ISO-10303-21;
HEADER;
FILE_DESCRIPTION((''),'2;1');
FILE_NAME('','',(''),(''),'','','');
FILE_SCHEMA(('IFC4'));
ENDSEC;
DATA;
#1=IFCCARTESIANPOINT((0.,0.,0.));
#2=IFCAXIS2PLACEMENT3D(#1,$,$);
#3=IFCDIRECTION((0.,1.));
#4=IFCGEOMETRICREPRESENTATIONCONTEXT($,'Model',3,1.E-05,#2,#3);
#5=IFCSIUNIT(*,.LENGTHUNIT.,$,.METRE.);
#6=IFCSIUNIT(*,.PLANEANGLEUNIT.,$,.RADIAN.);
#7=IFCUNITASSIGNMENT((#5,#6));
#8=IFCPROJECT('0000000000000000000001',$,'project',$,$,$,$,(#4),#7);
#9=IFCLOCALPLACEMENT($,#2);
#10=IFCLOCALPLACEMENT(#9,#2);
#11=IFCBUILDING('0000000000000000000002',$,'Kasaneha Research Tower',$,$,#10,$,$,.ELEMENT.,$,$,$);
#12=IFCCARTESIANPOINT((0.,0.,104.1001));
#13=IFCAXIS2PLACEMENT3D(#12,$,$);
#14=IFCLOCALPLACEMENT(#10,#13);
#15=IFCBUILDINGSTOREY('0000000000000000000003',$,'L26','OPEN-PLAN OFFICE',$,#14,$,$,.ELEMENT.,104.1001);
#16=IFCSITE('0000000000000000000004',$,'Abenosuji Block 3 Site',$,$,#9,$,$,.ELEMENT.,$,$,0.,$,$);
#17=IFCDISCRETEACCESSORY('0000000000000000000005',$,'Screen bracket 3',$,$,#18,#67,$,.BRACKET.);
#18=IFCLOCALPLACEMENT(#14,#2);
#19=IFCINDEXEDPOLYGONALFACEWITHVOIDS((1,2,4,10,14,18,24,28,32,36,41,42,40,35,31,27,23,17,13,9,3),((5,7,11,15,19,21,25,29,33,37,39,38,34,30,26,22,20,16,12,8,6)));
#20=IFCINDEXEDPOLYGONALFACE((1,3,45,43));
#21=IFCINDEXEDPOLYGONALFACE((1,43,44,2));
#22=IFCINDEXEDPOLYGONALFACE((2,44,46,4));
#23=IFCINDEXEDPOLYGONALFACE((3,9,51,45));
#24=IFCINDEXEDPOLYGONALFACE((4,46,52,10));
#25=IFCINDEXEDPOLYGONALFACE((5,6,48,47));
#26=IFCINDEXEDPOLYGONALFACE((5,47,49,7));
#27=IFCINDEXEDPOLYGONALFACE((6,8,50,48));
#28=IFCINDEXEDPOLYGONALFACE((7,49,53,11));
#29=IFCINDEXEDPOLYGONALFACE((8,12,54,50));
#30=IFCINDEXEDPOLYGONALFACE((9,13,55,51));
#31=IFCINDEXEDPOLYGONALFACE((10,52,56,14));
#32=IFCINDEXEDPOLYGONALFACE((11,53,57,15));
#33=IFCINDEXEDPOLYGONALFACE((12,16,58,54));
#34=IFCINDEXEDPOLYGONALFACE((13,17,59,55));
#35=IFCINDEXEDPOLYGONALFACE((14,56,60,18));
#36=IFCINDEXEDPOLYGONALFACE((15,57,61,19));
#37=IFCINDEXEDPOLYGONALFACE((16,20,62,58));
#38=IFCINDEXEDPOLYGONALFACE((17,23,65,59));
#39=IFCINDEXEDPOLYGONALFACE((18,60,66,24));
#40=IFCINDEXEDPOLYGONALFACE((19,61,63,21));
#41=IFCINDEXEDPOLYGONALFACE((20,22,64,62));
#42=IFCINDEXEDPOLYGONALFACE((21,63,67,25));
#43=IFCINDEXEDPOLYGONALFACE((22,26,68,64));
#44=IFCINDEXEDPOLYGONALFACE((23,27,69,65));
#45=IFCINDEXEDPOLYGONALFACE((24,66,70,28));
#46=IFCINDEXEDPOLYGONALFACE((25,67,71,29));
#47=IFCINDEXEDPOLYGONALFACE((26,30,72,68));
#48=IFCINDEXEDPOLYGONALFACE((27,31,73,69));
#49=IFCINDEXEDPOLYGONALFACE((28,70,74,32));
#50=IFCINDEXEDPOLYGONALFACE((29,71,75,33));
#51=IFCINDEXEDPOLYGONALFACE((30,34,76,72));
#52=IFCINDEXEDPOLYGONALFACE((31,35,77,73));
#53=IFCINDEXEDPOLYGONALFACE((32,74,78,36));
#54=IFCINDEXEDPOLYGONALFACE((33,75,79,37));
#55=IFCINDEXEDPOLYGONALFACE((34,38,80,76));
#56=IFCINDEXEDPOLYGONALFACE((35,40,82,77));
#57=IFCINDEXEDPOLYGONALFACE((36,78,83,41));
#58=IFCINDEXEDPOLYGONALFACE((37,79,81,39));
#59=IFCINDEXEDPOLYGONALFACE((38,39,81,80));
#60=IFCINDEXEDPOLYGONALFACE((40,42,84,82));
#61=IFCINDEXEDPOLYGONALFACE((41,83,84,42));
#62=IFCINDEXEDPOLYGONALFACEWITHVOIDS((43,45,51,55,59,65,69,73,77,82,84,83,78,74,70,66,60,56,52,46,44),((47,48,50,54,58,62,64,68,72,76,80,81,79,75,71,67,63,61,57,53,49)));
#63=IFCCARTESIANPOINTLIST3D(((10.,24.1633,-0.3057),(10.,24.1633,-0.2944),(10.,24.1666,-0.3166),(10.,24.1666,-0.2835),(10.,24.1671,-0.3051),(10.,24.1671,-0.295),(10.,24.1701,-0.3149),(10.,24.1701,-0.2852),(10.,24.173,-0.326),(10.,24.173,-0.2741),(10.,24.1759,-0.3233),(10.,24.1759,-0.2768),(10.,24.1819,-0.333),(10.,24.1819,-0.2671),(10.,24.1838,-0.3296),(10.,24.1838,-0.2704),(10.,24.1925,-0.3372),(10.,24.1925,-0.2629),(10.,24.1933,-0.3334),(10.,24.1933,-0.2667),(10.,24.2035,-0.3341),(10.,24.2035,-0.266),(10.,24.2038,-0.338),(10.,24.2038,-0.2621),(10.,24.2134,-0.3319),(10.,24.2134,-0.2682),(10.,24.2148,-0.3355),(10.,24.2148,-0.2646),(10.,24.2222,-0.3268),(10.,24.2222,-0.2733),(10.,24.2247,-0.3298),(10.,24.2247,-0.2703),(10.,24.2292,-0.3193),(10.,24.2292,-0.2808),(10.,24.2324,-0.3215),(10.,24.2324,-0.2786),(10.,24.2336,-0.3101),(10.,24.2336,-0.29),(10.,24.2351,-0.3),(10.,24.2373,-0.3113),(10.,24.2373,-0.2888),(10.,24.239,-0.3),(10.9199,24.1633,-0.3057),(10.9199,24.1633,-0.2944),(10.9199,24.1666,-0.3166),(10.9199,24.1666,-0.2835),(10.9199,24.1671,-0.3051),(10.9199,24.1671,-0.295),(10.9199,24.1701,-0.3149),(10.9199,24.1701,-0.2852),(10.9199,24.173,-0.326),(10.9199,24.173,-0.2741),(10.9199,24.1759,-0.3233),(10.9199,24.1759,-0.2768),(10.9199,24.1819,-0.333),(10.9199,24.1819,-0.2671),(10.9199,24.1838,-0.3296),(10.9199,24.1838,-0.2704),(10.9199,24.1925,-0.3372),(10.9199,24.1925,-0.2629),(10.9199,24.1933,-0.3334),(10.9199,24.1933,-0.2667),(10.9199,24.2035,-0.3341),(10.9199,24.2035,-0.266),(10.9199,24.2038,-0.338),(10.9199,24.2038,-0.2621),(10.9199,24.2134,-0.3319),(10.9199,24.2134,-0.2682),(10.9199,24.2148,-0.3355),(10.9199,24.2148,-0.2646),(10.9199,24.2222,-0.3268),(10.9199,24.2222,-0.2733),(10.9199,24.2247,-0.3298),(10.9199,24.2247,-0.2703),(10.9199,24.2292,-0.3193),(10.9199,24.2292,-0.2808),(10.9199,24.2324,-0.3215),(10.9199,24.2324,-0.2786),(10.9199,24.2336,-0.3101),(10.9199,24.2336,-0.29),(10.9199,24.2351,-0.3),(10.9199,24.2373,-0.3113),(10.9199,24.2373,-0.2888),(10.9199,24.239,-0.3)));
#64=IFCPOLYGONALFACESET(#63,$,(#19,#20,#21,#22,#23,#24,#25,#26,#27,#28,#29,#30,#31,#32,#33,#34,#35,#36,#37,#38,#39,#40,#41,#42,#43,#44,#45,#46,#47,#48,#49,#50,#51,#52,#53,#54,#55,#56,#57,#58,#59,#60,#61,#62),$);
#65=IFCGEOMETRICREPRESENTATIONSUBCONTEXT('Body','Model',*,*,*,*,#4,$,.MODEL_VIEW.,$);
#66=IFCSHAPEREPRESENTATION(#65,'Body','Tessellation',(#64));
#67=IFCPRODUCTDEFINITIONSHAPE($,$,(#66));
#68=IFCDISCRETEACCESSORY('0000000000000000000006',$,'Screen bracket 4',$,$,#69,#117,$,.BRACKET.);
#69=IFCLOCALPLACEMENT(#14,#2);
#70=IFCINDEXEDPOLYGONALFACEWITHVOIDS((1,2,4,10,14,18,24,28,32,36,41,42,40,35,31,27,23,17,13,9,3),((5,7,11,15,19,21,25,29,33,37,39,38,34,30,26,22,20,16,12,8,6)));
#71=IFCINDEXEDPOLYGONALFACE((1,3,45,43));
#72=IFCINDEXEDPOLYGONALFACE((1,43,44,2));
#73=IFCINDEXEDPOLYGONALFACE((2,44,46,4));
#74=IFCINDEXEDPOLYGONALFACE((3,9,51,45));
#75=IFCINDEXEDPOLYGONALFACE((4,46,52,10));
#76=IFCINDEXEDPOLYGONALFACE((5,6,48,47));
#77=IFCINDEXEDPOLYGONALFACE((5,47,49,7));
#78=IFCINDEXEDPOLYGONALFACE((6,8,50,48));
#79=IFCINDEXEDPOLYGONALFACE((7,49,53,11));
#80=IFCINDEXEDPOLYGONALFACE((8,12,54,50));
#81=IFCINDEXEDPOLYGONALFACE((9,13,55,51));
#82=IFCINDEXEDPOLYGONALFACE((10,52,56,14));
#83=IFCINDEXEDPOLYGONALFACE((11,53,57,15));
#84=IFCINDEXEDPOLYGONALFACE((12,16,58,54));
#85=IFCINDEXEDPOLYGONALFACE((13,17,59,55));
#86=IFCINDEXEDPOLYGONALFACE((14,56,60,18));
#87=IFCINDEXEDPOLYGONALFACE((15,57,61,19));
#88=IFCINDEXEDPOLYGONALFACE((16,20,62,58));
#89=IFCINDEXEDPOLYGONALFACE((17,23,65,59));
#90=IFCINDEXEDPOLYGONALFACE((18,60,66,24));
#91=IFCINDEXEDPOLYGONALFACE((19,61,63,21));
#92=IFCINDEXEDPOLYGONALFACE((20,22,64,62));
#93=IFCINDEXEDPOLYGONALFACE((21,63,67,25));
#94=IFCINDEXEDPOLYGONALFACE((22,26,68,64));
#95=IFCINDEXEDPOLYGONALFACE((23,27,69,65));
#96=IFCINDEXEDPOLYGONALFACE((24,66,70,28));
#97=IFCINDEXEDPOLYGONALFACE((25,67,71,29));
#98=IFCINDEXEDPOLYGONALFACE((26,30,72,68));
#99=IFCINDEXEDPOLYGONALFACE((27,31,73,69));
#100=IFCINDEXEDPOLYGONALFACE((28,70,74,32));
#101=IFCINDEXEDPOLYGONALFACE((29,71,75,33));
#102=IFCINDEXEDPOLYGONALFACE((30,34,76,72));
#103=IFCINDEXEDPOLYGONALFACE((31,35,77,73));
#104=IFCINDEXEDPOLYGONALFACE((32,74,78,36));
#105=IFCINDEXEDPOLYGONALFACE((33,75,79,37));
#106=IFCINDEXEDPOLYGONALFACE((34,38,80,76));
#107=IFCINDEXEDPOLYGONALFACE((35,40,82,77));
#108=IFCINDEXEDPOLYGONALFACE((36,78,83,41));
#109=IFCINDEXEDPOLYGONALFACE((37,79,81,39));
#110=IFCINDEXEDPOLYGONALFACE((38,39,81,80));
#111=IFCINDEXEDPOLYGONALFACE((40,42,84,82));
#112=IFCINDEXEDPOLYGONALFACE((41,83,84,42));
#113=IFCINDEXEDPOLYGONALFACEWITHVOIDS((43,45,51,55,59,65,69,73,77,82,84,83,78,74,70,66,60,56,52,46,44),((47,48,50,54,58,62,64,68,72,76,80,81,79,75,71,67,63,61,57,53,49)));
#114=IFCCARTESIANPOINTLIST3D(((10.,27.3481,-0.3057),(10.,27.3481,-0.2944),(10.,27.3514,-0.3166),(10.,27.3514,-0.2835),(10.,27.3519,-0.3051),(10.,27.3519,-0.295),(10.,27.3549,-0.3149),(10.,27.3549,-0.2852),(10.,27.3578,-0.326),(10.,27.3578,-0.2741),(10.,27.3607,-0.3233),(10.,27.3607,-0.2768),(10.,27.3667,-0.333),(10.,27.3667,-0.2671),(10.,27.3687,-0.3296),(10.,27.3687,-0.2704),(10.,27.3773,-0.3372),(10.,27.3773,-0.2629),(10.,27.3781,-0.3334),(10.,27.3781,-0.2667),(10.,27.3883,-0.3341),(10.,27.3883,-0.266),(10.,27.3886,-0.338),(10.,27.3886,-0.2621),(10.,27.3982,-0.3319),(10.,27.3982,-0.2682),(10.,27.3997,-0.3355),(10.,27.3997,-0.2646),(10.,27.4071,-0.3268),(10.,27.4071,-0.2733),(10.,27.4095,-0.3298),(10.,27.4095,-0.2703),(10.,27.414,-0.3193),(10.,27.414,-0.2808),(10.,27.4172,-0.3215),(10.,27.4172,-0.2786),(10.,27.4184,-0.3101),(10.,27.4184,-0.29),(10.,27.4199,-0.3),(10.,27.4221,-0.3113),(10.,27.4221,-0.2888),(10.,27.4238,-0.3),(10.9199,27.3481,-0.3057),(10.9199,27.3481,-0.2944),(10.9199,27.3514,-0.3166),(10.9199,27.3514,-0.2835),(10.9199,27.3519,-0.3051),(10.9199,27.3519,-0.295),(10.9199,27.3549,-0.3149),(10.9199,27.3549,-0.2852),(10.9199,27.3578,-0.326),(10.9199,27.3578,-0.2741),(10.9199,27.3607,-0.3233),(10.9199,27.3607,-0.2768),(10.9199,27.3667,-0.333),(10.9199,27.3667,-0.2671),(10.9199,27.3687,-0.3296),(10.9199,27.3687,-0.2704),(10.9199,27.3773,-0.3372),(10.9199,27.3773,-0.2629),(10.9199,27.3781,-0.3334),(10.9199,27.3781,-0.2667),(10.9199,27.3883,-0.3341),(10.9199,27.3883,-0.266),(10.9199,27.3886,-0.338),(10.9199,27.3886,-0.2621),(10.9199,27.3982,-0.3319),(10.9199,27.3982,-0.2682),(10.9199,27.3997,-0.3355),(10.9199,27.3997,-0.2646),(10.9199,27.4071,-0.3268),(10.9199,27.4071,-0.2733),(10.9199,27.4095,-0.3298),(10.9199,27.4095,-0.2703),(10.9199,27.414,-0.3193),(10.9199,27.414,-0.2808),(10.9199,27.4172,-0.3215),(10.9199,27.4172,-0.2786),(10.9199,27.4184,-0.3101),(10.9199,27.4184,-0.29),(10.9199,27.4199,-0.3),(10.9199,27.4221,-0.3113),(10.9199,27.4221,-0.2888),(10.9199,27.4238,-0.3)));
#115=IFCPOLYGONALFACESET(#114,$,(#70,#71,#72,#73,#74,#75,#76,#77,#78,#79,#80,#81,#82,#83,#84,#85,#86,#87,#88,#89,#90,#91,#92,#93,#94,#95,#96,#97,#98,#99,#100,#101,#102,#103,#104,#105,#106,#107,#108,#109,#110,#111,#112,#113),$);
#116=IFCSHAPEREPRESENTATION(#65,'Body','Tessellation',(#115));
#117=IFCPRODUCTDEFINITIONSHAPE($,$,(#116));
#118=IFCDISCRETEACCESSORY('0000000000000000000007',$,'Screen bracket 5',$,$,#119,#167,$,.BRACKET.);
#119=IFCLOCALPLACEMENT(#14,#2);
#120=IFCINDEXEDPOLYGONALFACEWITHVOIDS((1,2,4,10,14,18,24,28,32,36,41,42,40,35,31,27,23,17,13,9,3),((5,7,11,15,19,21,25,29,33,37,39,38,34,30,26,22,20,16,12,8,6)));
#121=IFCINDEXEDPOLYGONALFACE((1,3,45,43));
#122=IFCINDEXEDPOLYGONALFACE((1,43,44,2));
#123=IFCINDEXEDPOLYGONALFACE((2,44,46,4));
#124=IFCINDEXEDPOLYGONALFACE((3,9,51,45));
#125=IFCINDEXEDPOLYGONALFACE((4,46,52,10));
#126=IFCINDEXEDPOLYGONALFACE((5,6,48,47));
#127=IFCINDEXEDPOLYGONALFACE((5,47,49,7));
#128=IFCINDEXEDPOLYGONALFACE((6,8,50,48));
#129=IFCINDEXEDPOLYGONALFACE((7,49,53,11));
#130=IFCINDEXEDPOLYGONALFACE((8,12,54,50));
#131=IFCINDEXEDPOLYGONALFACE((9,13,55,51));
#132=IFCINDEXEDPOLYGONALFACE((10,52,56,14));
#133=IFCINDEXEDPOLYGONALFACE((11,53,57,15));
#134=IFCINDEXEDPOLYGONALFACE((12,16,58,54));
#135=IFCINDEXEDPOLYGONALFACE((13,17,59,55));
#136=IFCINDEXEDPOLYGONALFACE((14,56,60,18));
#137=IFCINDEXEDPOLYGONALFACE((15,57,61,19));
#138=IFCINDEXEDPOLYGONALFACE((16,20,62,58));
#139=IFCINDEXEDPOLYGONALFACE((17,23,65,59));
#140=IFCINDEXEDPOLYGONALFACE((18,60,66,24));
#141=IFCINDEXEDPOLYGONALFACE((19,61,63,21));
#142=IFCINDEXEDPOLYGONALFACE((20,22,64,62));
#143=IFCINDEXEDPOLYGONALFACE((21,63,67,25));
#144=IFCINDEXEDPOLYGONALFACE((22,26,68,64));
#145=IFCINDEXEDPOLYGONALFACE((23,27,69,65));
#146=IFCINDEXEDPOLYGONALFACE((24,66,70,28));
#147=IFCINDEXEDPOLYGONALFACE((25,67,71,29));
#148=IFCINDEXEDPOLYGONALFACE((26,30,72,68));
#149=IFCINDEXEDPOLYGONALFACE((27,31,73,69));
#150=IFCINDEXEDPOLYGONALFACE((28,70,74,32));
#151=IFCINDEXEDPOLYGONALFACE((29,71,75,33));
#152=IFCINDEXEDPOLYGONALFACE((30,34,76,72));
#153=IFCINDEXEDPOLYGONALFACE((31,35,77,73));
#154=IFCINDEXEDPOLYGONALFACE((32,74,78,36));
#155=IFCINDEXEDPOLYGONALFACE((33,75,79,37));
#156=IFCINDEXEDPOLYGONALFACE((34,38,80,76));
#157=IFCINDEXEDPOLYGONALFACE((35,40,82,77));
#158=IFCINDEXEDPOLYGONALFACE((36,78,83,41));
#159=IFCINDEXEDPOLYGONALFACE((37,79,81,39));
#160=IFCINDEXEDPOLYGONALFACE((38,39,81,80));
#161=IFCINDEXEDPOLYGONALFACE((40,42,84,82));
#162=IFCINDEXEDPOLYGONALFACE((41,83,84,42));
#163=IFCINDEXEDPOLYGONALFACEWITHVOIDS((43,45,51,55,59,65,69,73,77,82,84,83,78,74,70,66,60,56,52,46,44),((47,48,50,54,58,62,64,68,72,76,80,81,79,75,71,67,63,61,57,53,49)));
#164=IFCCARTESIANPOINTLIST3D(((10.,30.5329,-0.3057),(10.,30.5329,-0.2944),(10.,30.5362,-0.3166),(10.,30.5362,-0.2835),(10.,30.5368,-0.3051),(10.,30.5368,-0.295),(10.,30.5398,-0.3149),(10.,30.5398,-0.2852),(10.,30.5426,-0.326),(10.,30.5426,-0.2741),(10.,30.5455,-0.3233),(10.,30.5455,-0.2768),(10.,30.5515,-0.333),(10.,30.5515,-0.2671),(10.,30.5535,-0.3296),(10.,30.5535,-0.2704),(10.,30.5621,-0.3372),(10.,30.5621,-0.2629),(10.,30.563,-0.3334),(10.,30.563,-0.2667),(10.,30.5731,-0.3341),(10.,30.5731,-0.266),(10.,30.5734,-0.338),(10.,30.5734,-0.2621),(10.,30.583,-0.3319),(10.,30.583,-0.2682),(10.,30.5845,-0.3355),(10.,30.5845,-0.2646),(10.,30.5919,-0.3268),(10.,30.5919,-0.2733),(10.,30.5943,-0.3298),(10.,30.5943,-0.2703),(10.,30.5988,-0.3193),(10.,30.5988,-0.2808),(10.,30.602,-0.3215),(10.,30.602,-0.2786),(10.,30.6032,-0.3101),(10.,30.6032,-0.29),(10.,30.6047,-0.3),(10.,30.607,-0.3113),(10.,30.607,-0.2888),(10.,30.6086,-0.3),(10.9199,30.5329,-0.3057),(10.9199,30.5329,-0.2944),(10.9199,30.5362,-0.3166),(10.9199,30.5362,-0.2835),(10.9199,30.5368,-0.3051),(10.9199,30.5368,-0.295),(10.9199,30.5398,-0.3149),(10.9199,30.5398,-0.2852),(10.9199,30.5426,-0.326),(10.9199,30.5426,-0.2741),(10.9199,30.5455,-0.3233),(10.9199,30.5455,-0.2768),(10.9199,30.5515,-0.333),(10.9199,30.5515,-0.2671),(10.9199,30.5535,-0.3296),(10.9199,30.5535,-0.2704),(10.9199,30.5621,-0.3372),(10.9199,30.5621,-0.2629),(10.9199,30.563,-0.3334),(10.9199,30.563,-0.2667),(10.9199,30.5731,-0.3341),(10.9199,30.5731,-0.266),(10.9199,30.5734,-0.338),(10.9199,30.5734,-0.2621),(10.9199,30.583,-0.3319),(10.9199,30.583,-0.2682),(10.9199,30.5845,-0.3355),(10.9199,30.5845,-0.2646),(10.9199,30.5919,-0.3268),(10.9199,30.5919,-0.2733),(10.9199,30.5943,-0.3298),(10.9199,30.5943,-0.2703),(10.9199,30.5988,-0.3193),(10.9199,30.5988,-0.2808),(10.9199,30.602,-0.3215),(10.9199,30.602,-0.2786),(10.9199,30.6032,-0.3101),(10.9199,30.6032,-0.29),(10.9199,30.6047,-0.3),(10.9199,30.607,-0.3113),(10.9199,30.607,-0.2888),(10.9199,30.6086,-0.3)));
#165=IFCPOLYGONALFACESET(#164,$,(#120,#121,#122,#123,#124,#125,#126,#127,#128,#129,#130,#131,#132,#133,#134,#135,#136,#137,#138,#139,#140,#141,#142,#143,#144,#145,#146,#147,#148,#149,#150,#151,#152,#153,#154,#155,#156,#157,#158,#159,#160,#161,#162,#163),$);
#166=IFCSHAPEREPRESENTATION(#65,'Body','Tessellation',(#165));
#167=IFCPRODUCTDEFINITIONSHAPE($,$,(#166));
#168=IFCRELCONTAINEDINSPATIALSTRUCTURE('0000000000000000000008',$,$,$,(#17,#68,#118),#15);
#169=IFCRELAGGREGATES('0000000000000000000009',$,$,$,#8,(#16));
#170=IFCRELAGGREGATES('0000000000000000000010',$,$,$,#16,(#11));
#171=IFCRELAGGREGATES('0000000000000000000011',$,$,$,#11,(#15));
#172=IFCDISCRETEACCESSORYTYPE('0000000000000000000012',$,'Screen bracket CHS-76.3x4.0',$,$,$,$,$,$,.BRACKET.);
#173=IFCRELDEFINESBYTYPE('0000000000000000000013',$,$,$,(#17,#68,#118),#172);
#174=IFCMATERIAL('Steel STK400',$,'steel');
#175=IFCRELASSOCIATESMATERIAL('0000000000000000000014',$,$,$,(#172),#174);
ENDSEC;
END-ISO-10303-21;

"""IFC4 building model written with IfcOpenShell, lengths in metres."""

from ifc_helpers import new_model, si_unit, direction, frame, origin, origin_2d, place, context, subcontext, project, spatial, hollow_circle, extrude, material, material_profile, profile_set, type_object, element, save


model = new_model("IFC4")

# Units and contexts
model_context = context("Model", 3, precision=1e-05, world=origin(), true_north=direction((0.0, 1.0)))
body_context = subcontext(model_context, "Body", "Model", "MODEL_VIEW")
ifc_project = project(units=[si_unit("LENGTHUNIT", "METRE"), si_unit("PLANEANGLEUNIT", "RADIAN")], contexts=[model_context])

# Site, building, storey
site_placement = place(None, origin())
site = spatial("IfcSite", under=ifc_project, at=site_placement, Name="Abenosuji Block 3 Site", CompositionType="ELEMENT", RefElevation=0.0)
building_placement = place(site_placement, origin())
building = spatial("IfcBuilding", under=site, at=building_placement, Name="Kasaneha Research Tower", CompositionType="ELEMENT")
storey_placement = place(building_placement, frame((0.0, 0.0, 104.1001)))
storey = spatial("IfcBuildingStorey", under=building, at=storey_placement, Name="L26", Description="OPEN-PLAN OFFICE", CompositionType="ELEMENT", Elevation=104.1001)

# Discrete accessories
ifc_material_1 = material(Name="Steel STK400", Category="steel")
ifc_material_profile_1 = material_profile(ifc_material_1, hollow_circle(Radius=0.0381, WallThickness=0.0039, at=origin_2d()), Name="CHS-76.3x4.0")
ifc_profile_set_1 = profile_set([ifc_material_profile_1], Name="Steel STK400")
discrete_accessory_type = type_object("IfcDiscreteAccessoryType", Name="Screen bracket CHS-76.3x4.0", PredefinedType="BRACKET", material=ifc_profile_set_1)
for number, where, z_axis, x_axis, name in (
    (1, (10.0, 24.2009, -0.3), (1.0, 0.0, 0.0), (0.0, 1.0, 0.0), "Screen bracket 3"),
    (2, (10.0, 27.3857, -0.3), (1.0, 0.0, 0.0), (0.0, 1.0, 0.0), "Screen bracket 4"),
    (3, (10.0, 30.5706, -0.3), (1.0, 0.0, 0.0), (0.0, 1.0, 0.0), "Screen bracket 5"),
):
    element("IfcDiscreteAccessory", number, at=place(storey_placement, frame(where, z_axis=z_axis, x_axis=x_axis)), inside=storey, type_object=discrete_accessory_type, Name=name, PredefinedType="BRACKET", context=body_context, shape_type="SweptSolid", body=[
        extrude(hollow_circle(Radius=0.0381, WallThickness=0.0039, at=origin_2d()), origin(), (0.0, 0.0, 1.0), 0.9199),
    ])

save(model, "model.ifc")
